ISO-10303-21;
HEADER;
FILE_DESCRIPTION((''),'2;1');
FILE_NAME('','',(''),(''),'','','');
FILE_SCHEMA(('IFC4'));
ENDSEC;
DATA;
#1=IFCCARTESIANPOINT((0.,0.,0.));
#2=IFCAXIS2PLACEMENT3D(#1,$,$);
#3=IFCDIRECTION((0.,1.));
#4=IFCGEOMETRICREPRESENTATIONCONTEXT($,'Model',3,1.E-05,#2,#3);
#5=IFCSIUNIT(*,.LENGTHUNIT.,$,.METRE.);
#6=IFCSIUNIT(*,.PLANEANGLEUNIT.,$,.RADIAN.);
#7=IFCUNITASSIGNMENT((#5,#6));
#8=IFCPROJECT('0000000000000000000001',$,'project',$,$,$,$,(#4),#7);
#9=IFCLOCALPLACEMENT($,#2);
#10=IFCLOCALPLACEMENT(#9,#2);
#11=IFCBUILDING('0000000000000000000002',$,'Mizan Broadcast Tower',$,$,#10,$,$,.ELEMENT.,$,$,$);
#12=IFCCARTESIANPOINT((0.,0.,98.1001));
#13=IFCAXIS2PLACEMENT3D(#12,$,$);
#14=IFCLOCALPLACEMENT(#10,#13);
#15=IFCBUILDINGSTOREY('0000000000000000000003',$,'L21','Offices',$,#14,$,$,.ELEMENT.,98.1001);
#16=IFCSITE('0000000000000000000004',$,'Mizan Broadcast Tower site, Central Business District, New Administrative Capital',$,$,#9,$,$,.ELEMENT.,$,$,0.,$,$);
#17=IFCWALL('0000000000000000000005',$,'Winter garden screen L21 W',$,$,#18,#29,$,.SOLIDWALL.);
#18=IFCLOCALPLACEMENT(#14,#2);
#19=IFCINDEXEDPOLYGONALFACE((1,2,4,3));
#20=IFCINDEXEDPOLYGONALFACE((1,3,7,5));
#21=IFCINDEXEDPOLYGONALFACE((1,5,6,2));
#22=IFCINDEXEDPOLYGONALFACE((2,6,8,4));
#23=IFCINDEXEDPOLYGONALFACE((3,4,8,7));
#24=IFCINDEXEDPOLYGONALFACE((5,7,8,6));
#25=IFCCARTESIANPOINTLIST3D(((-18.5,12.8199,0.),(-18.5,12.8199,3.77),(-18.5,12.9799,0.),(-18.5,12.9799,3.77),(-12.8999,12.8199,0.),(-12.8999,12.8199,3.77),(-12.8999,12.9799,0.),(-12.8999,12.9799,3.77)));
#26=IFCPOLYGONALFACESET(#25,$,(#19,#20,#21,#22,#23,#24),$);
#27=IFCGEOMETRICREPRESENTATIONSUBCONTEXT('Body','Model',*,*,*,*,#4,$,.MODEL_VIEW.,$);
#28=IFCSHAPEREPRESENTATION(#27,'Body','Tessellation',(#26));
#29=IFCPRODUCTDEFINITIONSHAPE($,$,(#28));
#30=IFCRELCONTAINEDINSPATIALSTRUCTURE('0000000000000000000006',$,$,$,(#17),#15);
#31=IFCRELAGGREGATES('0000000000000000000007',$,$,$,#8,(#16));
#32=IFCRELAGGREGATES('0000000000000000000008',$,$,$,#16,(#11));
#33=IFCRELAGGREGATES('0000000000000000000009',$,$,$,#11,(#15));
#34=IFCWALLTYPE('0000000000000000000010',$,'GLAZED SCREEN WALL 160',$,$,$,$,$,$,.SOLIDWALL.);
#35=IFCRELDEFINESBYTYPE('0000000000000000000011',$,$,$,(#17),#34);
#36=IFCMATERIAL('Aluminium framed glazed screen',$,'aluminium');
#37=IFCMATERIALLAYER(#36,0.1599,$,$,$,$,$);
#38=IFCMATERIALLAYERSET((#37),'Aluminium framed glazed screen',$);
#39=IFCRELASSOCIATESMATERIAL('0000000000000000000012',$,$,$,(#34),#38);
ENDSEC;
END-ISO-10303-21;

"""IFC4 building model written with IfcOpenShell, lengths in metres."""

from ifc_helpers import new_model, si_unit, direction, frame, frame_2d, origin, place, context, subcontext, project, spatial, rectangle, extrude, material, layer, layer_set, type_object, element, save


model = new_model("IFC4")

# Units and contexts
model_context = context("Model", 3, precision=1e-05, world=origin(), true_north=direction((0.0, 1.0)))
body_context = subcontext(model_context, "Body", "Model", "MODEL_VIEW")
ifc_project = project(units=[si_unit("LENGTHUNIT", "METRE"), si_unit("PLANEANGLEUNIT", "RADIAN")], contexts=[model_context])

# Site, building, storey
site_placement = place(None, origin())
site = spatial("IfcSite", under=ifc_project, at=site_placement, Name="Mizan Broadcast Tower site, Central Business District, New Administrative Capital", CompositionType="ELEMENT", RefElevation=0.0)
building_placement = place(site_placement, origin())
building = spatial("IfcBuilding", under=site, at=building_placement, Name="Mizan Broadcast Tower", CompositionType="ELEMENT")
storey_placement = place(building_placement, frame((0.0, 0.0, 98.1001)))
storey = spatial("IfcBuildingStorey", under=building, at=storey_placement, Name="L21", Description="Offices", CompositionType="ELEMENT", Elevation=98.1001)

# Shared definitions
ifc_material_1 = material(Name="Aluminium framed glazed screen", Category="aluminium")
ifc_layer_1 = layer(ifc_material_1, 0.1599)
ifc_layer_set_1 = layer_set([ifc_layer_1], Name="Aluminium framed glazed screen")
wall_type = type_object("IfcWallType", Name="GLAZED SCREEN WALL 160", PredefinedType="SOLIDWALL", material=ifc_layer_set_1)

# Wall
wall_1_placement = place(storey_placement, frame((-12.8999, 12.8999, 0.0), z_axis=(0.0, 0.0, 1.0), x_axis=(-1.0, 0.0, 0.0)))
element("IfcWall", 1, at=wall_1_placement, inside=storey, type_object=wall_type, Name="Winter garden screen L21 W", PredefinedType="SOLIDWALL", context=body_context, shape_type="SweptSolid", body=[
    extrude(rectangle(XDim=5.6001, YDim=0.1599, at=frame_2d((2.8, 0.0))), origin(), (0.0, 0.0, 1.0), 3.77),
])

save(model, "model.ifc")
